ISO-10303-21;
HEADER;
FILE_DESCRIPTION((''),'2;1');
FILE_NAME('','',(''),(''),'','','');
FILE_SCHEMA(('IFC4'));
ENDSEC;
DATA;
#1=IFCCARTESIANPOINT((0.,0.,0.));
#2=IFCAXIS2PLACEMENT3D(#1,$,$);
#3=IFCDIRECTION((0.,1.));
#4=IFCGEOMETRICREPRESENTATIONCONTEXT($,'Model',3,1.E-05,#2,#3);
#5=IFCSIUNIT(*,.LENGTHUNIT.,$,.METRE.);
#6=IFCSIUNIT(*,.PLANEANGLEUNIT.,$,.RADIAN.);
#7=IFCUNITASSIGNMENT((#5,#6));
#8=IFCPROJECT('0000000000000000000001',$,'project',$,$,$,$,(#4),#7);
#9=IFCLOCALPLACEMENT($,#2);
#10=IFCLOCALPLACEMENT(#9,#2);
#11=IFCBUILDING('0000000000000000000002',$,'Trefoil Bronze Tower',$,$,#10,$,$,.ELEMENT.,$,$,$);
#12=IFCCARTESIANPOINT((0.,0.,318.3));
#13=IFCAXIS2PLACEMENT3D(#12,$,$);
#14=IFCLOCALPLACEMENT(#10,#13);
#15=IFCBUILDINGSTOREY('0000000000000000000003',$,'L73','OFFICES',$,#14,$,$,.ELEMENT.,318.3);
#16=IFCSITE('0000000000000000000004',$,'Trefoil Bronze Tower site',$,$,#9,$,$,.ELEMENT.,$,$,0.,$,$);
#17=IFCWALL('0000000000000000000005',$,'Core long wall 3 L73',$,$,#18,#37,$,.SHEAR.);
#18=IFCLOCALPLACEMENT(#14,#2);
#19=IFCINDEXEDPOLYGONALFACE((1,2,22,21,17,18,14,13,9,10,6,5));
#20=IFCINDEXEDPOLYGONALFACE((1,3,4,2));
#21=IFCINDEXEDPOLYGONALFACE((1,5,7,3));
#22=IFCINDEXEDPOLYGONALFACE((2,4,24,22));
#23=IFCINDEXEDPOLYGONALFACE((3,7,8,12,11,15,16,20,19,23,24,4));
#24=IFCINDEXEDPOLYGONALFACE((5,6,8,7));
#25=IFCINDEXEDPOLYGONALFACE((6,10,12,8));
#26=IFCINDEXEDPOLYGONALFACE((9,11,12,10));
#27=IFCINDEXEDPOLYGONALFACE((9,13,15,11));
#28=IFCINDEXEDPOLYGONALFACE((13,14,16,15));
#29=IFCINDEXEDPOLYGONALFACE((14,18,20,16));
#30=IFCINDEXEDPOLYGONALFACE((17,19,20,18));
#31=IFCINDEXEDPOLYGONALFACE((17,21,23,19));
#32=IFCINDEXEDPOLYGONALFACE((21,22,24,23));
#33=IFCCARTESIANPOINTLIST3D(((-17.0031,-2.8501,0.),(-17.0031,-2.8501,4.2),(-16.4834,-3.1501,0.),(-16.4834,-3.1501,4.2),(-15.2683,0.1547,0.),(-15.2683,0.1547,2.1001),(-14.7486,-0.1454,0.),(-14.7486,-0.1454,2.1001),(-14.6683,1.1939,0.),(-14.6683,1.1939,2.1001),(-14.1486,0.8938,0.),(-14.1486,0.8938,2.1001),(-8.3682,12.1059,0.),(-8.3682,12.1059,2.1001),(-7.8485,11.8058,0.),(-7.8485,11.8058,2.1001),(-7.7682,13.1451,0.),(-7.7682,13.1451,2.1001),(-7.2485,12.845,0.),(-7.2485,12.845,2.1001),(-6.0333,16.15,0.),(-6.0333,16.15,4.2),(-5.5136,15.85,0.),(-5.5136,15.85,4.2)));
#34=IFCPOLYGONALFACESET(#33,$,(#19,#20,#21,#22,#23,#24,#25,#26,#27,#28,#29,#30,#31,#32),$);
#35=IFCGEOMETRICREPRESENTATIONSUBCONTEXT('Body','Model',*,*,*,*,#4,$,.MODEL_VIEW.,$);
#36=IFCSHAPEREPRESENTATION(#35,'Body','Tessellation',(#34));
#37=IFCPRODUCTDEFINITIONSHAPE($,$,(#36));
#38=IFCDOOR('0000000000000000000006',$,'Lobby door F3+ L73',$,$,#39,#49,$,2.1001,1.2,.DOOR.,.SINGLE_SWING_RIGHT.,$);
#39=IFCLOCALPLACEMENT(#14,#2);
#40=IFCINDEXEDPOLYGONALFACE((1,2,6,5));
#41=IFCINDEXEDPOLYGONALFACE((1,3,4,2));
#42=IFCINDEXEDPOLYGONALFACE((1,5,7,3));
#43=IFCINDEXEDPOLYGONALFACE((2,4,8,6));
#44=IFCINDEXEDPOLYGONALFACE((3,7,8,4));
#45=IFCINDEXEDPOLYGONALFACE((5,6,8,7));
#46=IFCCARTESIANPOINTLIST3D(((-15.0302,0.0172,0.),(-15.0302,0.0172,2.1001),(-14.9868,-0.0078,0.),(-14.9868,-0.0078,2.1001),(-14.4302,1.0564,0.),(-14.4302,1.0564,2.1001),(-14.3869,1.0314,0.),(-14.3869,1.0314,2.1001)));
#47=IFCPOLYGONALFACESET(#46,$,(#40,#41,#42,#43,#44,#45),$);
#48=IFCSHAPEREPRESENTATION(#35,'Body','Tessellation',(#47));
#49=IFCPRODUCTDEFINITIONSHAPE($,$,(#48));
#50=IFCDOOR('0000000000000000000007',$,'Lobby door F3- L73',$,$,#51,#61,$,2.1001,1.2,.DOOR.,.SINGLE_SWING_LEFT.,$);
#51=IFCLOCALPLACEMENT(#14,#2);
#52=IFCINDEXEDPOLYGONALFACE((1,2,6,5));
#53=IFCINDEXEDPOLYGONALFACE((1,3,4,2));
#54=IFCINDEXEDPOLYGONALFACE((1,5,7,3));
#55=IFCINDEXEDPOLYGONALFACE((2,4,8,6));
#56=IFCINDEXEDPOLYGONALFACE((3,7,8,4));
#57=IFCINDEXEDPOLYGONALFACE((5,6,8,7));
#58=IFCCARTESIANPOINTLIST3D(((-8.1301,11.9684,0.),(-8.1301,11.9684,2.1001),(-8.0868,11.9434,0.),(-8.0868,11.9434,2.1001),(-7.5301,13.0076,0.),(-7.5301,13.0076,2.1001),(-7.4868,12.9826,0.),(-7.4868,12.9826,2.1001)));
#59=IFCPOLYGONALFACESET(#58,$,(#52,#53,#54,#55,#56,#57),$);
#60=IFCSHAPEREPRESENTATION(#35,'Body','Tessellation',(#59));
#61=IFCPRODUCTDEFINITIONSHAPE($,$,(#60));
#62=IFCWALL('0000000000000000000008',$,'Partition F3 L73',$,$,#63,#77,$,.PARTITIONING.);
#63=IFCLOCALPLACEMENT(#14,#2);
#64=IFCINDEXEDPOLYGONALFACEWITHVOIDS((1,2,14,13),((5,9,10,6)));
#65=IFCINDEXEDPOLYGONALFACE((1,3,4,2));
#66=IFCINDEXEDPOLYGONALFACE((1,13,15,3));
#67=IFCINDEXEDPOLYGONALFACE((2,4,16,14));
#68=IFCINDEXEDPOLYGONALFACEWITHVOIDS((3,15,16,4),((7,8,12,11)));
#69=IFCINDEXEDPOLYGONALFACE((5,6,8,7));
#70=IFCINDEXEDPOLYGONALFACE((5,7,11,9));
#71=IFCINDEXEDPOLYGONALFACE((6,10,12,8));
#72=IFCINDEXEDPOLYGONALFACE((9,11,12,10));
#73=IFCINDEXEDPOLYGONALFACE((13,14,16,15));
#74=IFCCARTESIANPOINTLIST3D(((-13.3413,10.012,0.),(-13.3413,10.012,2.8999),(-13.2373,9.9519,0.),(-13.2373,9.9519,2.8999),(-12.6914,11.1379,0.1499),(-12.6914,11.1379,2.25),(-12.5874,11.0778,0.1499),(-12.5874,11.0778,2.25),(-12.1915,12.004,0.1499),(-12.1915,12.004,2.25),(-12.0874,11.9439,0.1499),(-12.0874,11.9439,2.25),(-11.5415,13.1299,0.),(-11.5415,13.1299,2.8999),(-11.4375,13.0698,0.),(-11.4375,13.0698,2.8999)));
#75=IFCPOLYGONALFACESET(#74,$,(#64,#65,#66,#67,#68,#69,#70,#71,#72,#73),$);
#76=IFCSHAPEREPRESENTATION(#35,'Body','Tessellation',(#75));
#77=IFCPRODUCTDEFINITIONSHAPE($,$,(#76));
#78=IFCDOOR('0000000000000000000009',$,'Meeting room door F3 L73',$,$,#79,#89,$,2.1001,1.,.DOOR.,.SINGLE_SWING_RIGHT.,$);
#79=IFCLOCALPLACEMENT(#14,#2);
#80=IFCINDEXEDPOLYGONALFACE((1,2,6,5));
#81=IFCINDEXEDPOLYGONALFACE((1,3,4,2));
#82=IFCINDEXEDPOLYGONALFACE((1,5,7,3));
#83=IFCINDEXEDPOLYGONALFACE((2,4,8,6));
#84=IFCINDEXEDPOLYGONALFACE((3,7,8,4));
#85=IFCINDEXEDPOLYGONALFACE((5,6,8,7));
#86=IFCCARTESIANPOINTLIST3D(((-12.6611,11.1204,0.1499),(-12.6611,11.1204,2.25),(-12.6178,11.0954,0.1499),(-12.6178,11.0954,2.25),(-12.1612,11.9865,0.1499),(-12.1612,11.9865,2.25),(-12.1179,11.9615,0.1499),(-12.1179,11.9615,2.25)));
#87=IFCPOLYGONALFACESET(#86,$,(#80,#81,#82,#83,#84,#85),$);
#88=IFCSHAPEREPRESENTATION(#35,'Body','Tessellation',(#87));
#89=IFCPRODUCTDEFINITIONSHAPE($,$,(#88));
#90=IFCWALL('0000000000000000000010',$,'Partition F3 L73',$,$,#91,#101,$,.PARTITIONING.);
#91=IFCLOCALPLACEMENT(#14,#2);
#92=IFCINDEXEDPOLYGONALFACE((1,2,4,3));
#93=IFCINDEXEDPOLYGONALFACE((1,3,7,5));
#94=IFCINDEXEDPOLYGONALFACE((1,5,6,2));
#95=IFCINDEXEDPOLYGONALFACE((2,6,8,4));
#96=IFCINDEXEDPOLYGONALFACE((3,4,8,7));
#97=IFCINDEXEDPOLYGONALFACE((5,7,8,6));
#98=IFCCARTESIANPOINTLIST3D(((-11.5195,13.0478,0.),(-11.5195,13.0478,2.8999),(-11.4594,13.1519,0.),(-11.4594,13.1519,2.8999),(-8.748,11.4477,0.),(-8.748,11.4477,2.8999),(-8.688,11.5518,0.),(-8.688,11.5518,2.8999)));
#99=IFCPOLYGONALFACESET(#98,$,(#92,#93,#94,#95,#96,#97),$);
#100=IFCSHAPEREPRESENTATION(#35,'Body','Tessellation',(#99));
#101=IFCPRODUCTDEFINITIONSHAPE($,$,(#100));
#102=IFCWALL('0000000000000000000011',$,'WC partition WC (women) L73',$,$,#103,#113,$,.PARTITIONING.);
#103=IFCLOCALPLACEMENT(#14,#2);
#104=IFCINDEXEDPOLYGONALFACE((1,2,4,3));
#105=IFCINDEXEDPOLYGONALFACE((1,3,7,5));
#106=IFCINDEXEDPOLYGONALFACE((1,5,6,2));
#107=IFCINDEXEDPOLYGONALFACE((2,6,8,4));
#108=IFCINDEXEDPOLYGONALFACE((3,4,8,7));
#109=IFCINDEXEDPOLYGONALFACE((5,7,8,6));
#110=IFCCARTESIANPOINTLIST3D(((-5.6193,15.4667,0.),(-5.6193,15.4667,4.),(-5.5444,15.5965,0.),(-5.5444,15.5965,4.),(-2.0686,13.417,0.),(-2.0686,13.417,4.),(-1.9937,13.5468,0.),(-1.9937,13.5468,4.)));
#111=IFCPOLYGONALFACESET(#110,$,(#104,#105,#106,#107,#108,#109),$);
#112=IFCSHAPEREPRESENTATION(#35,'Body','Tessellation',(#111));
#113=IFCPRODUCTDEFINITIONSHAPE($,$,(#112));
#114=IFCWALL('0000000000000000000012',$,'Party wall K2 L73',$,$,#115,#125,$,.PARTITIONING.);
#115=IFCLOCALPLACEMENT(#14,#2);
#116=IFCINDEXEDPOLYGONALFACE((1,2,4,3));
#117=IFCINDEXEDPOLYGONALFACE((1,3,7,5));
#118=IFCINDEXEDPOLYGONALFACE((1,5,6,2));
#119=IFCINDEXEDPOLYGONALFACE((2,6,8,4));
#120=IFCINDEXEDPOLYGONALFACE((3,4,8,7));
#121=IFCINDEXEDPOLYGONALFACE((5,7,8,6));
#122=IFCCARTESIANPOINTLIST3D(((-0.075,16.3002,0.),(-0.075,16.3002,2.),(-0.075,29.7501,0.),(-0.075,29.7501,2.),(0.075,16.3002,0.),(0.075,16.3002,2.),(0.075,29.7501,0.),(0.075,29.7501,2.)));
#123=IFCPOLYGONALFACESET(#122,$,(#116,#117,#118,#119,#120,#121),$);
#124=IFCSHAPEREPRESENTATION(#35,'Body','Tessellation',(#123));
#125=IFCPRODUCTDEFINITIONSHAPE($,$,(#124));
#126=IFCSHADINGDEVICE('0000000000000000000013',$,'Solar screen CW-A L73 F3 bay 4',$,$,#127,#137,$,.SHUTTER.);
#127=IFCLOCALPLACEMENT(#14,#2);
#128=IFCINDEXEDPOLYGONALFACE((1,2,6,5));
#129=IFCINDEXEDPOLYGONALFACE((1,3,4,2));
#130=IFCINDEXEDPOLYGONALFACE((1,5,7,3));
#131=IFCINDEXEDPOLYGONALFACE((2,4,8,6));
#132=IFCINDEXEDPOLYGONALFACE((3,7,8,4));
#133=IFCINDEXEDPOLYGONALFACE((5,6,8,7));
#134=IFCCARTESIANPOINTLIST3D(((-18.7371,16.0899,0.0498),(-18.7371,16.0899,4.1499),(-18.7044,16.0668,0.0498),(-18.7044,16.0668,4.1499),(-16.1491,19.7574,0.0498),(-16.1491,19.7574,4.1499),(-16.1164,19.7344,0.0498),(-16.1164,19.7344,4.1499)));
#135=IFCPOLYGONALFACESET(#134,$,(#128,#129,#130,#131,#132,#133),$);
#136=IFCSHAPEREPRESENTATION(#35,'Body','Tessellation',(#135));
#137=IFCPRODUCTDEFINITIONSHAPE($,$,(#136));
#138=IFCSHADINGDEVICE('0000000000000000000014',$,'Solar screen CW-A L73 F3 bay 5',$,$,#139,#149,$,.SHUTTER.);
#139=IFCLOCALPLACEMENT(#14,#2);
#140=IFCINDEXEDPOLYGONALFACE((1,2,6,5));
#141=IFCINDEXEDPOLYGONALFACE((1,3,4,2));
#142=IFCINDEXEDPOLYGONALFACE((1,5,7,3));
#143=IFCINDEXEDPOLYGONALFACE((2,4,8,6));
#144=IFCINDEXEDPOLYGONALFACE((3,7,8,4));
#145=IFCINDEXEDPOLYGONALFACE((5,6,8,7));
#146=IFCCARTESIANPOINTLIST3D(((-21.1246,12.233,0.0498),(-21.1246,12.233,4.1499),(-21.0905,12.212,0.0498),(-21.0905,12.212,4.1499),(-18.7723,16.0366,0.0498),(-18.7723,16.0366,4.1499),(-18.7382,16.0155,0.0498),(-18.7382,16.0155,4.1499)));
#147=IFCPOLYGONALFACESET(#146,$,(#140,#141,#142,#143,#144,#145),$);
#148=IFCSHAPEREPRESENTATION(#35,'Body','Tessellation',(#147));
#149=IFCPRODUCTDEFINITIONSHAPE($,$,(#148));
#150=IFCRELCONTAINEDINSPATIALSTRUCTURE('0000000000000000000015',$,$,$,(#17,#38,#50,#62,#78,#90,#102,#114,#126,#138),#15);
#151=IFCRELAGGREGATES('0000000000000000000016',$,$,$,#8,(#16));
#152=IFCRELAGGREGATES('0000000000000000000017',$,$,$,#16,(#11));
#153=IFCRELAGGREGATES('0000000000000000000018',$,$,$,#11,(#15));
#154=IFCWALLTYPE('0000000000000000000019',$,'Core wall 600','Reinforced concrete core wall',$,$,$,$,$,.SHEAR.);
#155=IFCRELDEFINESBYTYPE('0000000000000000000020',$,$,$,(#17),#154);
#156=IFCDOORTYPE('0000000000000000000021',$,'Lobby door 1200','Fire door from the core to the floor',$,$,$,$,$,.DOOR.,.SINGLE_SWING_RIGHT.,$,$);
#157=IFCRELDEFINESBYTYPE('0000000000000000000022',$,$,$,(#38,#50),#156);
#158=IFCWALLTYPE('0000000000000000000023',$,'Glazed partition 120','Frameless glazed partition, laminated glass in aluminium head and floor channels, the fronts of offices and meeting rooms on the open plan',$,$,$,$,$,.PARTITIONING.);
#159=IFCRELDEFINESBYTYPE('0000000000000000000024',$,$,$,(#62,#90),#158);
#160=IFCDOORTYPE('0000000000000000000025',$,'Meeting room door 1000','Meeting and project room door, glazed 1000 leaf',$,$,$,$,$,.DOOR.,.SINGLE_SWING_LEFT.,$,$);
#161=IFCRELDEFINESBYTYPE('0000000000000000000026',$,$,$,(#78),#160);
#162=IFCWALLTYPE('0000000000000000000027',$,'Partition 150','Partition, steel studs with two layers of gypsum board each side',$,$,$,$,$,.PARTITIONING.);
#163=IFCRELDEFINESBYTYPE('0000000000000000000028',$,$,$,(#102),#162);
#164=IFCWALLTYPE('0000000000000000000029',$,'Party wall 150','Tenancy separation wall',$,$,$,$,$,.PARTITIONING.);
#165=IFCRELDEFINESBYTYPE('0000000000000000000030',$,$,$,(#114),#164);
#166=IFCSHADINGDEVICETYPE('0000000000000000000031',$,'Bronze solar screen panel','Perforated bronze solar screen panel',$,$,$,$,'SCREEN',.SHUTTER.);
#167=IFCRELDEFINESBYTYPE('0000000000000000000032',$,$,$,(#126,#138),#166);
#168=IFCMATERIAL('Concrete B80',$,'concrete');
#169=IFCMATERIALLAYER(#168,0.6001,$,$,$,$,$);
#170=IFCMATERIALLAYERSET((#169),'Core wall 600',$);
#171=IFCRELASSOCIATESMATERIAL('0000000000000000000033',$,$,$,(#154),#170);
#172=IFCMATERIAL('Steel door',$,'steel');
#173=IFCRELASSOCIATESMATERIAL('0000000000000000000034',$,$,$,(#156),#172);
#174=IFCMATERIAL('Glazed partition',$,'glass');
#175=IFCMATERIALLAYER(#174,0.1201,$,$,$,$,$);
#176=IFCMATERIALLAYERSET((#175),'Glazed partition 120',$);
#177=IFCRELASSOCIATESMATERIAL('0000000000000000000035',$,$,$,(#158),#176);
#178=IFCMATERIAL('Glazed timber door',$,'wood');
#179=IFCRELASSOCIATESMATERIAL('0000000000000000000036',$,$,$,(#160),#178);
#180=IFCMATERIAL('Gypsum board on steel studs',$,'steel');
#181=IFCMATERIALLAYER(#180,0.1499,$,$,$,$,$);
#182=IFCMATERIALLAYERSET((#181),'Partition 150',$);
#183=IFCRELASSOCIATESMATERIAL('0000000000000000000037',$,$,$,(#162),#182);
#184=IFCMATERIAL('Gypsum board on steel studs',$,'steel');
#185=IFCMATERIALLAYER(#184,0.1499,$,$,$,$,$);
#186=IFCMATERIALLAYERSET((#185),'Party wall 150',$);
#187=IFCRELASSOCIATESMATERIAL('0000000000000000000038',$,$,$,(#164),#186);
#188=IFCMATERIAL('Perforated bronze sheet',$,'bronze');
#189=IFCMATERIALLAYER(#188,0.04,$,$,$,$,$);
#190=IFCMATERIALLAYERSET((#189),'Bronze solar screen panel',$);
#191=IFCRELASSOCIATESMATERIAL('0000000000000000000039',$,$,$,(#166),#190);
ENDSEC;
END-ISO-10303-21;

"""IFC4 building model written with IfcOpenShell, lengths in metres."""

from ifc_helpers import new_model, si_unit, direction, frame, frame_2d, origin, origin_2d, place, context, subcontext, project, spatial, rectangle, extrude, material, layer, layer_set, type_object, element, fill, save


model = new_model("IFC4")

# Units and contexts
model_context = context("Model", 3, precision=1e-05, world=origin(), true_north=direction((0.0, 1.0)))
body_context = subcontext(model_context, "Body", "Model", "MODEL_VIEW")
ifc_project = project(units=[si_unit("LENGTHUNIT", "METRE"), si_unit("PLANEANGLEUNIT", "RADIAN")], contexts=[model_context])

# Site, building, storey
site_placement = place(None, origin())
site = spatial("IfcSite", under=ifc_project, at=site_placement, Name="Trefoil Bronze Tower site", CompositionType="ELEMENT", RefElevation=0.0)
building_placement = place(site_placement, origin())
building = spatial("IfcBuilding", under=site, at=building_placement, Name="Trefoil Bronze Tower", CompositionType="ELEMENT")
storey_placement = place(building_placement, frame((0.0, 0.0, 318.3)))
storey = spatial("IfcBuildingStorey", under=building, at=storey_placement, Name="L73", Description="OFFICES", CompositionType="ELEMENT", Elevation=318.3)

# Wall, openings, doors
ifc_material_1 = material(Name="Concrete B80", Category="concrete")
ifc_layer_1 = layer(ifc_material_1, 0.6001)
ifc_layer_set_1 = layer_set([ifc_layer_1], Name="Core wall 600")
wall_type_1 = type_object("IfcWallType", Name="Core wall 600", Description="Reinforced concrete core wall", PredefinedType="SHEAR", material=ifc_layer_set_1)
wall_1_placement = place(storey_placement, frame((-5.7734, 16.0, 0.0), z_axis=(0.0, 0.0, 1.0), x_axis=(-0.500002, -0.866024, 0.0)))
wall_1 = element("IfcWall", 1, at=wall_1_placement, inside=storey, type_object=wall_type_1, Name="Core long wall 3 L73", PredefinedType="SHEAR", context=body_context, shape_type="SweptSolid", body=[
    extrude(rectangle(XDim=21.9395, YDim=0.6001, at=frame_2d((10.9697, 0.0))), origin(), (0.0, 0.0, 1.0), 4.2),
])
opening_1_placement = place(wall_1_placement, frame((17.2698, 0.0, 0.0)))
opening_1 = element("IfcOpeningElement", 2, at=opening_1_placement, cuts=wall_1, PredefinedType="OPENING", context=body_context, shape_type="SweptSolid", body=[
    extrude(rectangle(XDim=1.2, YDim=2.1001, at=frame_2d((0.6001, 1.05))), frame((0.0, 0.3101, 0.0), z_axis=(0.0, -1.0, 0.0), x_axis=(1.0, 0.0, 0.0)), (0.0, 0.0, 1.0), 0.6201),
])
opening_2_placement = place(wall_1_placement, frame((3.4697, 0.0, 0.0)))
opening_2 = element("IfcOpeningElement", 3, at=opening_2_placement, cuts=wall_1, PredefinedType="OPENING", context=body_context, shape_type="SweptSolid", body=[
    extrude(rectangle(XDim=1.2, YDim=2.1001, at=frame_2d((0.6001, 1.05))), frame((0.0, 0.3101, 0.0), z_axis=(0.0, -1.0, 0.0), x_axis=(1.0, 0.0, 0.0)), (0.0, 0.0, 1.0), 0.6201),
])
ifc_material_2 = material(Name="Steel door", Category="steel")
door_type_1 = type_object("IfcDoorType", Name="Lobby door 1200", Description="Fire door from the core to the floor", OperationType="SINGLE_SWING_RIGHT", PredefinedType="DOOR", material=ifc_material_2)
door_1_placement = place(opening_1_placement, origin())
door_1 = element("IfcDoor", 4, at=door_1_placement, inside=storey, type_object=door_type_1, Name="Lobby door F3+ L73", OperationType="SINGLE_SWING_RIGHT", OverallHeight=2.1001, OverallWidth=1.2, PredefinedType="DOOR", context=body_context, shape_type="SweptSolid", body=[
    extrude(rectangle(XDim=1.2, YDim=2.1001, at=frame_2d((0.6001, 1.05))), frame((0.0, 0.0249, 0.0), z_axis=(0.0, -1.0, 0.0), x_axis=(1.0, 0.0, 0.0)), (0.0, 0.0, 1.0), 0.05),
])
fill(opening_1, door_1)
door_2_placement = place(opening_2_placement, origin())
door_2 = element("IfcDoor", 5, at=door_2_placement, inside=storey, type_object=door_type_1, Name="Lobby door F3- L73", OperationType="SINGLE_SWING_LEFT", OverallHeight=2.1001, OverallWidth=1.2, PredefinedType="DOOR", context=body_context, shape_type="SweptSolid", body=[
    extrude(rectangle(XDim=1.2, YDim=2.1001, at=frame_2d((0.6001, 1.05))), frame((0.0, 0.0249, 0.0), z_axis=(0.0, -1.0, 0.0), x_axis=(1.0, 0.0, 0.0)), (0.0, 0.0, 1.0), 0.05),
])
fill(opening_2, door_2)

# Wall, opening, door
ifc_material_3 = material(Name="Glazed partition", Category="glass")
ifc_layer_2 = layer(ifc_material_3, 0.1201)
ifc_layer_set_2 = layer_set([ifc_layer_2], Name="Glazed partition 120")
wall_type_2 = type_object("IfcWallType", Name="Glazed partition 120", Description="Frameless glazed partition, laminated glass in aluminium head and floor channels, the fronts of offices and meeting rooms on the open plan", PredefinedType="PARTITIONING", material=ifc_layer_set_2)
wall_2_placement = place(storey_placement, frame((-11.4895, 13.0999, 0.0), z_axis=(0.0, 0.0, 1.0), x_axis=(-0.499932, -0.866065, 0.0)))
wall_2 = element("IfcWall", 6, at=wall_2_placement, inside=storey, type_object=wall_type_2, Name="Partition F3 L73", PredefinedType="PARTITIONING", context=body_context, shape_type="SweptSolid", body=[
    extrude(rectangle(XDim=3.6001, YDim=0.1201, at=frame_2d((1.8, 0.0))), origin(), (0.0, 0.0, 1.0), 2.8999),
])
opening_3_placement = place(wall_2_placement, frame((1.3, 0.0, 0.1499)))
opening_3 = element("IfcOpeningElement", 7, at=opening_3_placement, cuts=wall_2, PredefinedType="OPENING", context=body_context, shape_type="SweptSolid", body=[
    extrude(rectangle(XDim=1.0, YDim=2.1001, at=frame_2d((0.5, 1.05))), frame((0.0, 0.0701, 0.0), z_axis=(0.0, -1.0, 0.0), x_axis=(1.0, 0.0, 0.0)), (0.0, 0.0, 1.0), 0.1401),
])
ifc_material_4 = material(Name="Glazed timber door", Category="wood")
door_type_2 = type_object("IfcDoorType", Name="Meeting room door 1000", Description="Meeting and project room door, glazed 1000 leaf", OperationType="SINGLE_SWING_LEFT", PredefinedType="DOOR", material=ifc_material_4)
door_3_placement = place(opening_3_placement, origin())
door_3 = element("IfcDoor", 8, at=door_3_placement, inside=storey, type_object=door_type_2, Name="Meeting room door F3 L73", OperationType="SINGLE_SWING_RIGHT", OverallHeight=2.1001, OverallWidth=1.0, PredefinedType="DOOR", context=body_context, shape_type="SweptSolid", body=[
    extrude(rectangle(XDim=1.0, YDim=2.1001, at=frame_2d((0.5, 1.05))), frame((0.0, 0.0249, 0.0), z_axis=(0.0, -1.0, 0.0), x_axis=(1.0, 0.0, 0.0)), (0.0, 0.0, 1.0), 0.05),
])
fill(opening_3, door_3)

# Walls
wall_3_placement = place(storey_placement, frame((-8.718, 11.4998, 0.0), z_axis=(0.0, 0.0, 1.0), x_axis=(-0.866028, 0.499995, 0.0)))
element("IfcWall", 9, at=wall_3_placement, inside=storey, type_object=wall_type_2, Name="Partition F3 L73", PredefinedType="PARTITIONING", context=body_context, shape_type="SweptSolid", body=[
    extrude(rectangle(XDim=3.2002, YDim=0.1201, at=frame_2d((1.6001, 0.0))), origin(), (0.0, 0.0, 1.0), 2.8999),
])
ifc_material_5 = material(Name="Gypsum board on steel studs", Category="steel")
ifc_layer_3 = layer(ifc_material_5, 0.1499)
ifc_layer_set_3 = layer_set([ifc_layer_3], Name="Partition 150")
wall_type_3 = type_object("IfcWallType", Name="Partition 150", Description="Partition, steel studs with two layers of gypsum board each side", PredefinedType="PARTITIONING", material=ifc_layer_set_3)
wall_4_placement = place(storey_placement, frame((-2.0312, 13.4819, 0.0), z_axis=(0.0, 0.0, 1.0), x_axis=(-0.866051, 0.499956, 0.0)))
element("IfcWall", 10, at=wall_4_placement, inside=storey, type_object=wall_type_3, Name="WC partition WC (women) L73", PredefinedType="PARTITIONING", context=body_context, shape_type="SweptSolid", body=[
    extrude(rectangle(XDim=4.0999, YDim=0.1499, at=frame_2d((2.0498, 0.0))), origin(), (0.0, 0.0, 1.0), 4.0),
])
ifc_material_6 = material(Name="Gypsum board on steel studs", Category="steel")
ifc_layer_4 = layer(ifc_material_6, 0.1499)
ifc_layer_set_4 = layer_set([ifc_layer_4], Name="Party wall 150")
wall_type_4 = type_object("IfcWallType", Name="Party wall 150", Description="Tenancy separation wall", PredefinedType="PARTITIONING", material=ifc_layer_set_4)
wall_5_placement = place(storey_placement, frame((0.0, 16.3, 0.0), z_axis=(0.0, 0.0, 1.0), x_axis=(0.0, 1.0, 0.0)))
element("IfcWall", 11, at=wall_5_placement, inside=storey, type_object=wall_type_4, Name="Party wall K2 L73", PredefinedType="PARTITIONING", context=body_context, shape_type="SweptSolid", body=[
    extrude(rectangle(XDim=13.45, YDim=0.1499, at=frame_2d((6.7251, 0.0))), origin(), (0.0, 0.0, 1.0), 2.0),
])

# Shading devices
ifc_material_7 = material(Name="Perforated bronze sheet", Category="bronze")
ifc_layer_5 = layer(ifc_material_7, 0.04)
ifc_layer_set_5 = layer_set([ifc_layer_5], Name="Bronze solar screen panel")
shading_device_type = type_object("IfcShadingDeviceType", Name="Bronze solar screen panel", Description="Perforated bronze solar screen panel", ElementType="SCREEN", PredefinedType="SHUTTER", material=ifc_layer_set_5)
shading_device_1_placement = place(storey_placement, frame((-17.4268, 17.9121, 0.0498), z_axis=(0.0, 0.0, 1.0), x_axis=(-0.576561, -0.817054, 0.0)))
element("IfcShadingDevice", 12, at=shading_device_1_placement, inside=storey, type_object=shading_device_type, Name="Solar screen CW-A L73 F3 bay 4", PredefinedType="SHUTTER", context=body_context, shape_type="SweptSolid", body=[
    extrude(rectangle(XDim=4.4888, YDim=0.04, at=origin_2d()), origin(), (0.0, 0.0, 1.0), 4.1001),
])
shading_device_2_placement = place(storey_placement, frame((-19.9314, 14.1243, 0.0498), z_axis=(0.0, 0.0, 1.0), x_axis=(-0.52598, -0.850497, 0.0)))
element("IfcShadingDevice", 13, at=shading_device_2_placement, inside=storey, type_object=shading_device_type, Name="Solar screen CW-A L73 F3 bay 5", PredefinedType="SHUTTER", context=body_context, shape_type="SweptSolid", body=[
    extrude(rectangle(XDim=4.4722, YDim=0.04, at=origin_2d()), origin(), (0.0, 0.0, 1.0), 4.1001),
])

save(model, "model.ifc")
